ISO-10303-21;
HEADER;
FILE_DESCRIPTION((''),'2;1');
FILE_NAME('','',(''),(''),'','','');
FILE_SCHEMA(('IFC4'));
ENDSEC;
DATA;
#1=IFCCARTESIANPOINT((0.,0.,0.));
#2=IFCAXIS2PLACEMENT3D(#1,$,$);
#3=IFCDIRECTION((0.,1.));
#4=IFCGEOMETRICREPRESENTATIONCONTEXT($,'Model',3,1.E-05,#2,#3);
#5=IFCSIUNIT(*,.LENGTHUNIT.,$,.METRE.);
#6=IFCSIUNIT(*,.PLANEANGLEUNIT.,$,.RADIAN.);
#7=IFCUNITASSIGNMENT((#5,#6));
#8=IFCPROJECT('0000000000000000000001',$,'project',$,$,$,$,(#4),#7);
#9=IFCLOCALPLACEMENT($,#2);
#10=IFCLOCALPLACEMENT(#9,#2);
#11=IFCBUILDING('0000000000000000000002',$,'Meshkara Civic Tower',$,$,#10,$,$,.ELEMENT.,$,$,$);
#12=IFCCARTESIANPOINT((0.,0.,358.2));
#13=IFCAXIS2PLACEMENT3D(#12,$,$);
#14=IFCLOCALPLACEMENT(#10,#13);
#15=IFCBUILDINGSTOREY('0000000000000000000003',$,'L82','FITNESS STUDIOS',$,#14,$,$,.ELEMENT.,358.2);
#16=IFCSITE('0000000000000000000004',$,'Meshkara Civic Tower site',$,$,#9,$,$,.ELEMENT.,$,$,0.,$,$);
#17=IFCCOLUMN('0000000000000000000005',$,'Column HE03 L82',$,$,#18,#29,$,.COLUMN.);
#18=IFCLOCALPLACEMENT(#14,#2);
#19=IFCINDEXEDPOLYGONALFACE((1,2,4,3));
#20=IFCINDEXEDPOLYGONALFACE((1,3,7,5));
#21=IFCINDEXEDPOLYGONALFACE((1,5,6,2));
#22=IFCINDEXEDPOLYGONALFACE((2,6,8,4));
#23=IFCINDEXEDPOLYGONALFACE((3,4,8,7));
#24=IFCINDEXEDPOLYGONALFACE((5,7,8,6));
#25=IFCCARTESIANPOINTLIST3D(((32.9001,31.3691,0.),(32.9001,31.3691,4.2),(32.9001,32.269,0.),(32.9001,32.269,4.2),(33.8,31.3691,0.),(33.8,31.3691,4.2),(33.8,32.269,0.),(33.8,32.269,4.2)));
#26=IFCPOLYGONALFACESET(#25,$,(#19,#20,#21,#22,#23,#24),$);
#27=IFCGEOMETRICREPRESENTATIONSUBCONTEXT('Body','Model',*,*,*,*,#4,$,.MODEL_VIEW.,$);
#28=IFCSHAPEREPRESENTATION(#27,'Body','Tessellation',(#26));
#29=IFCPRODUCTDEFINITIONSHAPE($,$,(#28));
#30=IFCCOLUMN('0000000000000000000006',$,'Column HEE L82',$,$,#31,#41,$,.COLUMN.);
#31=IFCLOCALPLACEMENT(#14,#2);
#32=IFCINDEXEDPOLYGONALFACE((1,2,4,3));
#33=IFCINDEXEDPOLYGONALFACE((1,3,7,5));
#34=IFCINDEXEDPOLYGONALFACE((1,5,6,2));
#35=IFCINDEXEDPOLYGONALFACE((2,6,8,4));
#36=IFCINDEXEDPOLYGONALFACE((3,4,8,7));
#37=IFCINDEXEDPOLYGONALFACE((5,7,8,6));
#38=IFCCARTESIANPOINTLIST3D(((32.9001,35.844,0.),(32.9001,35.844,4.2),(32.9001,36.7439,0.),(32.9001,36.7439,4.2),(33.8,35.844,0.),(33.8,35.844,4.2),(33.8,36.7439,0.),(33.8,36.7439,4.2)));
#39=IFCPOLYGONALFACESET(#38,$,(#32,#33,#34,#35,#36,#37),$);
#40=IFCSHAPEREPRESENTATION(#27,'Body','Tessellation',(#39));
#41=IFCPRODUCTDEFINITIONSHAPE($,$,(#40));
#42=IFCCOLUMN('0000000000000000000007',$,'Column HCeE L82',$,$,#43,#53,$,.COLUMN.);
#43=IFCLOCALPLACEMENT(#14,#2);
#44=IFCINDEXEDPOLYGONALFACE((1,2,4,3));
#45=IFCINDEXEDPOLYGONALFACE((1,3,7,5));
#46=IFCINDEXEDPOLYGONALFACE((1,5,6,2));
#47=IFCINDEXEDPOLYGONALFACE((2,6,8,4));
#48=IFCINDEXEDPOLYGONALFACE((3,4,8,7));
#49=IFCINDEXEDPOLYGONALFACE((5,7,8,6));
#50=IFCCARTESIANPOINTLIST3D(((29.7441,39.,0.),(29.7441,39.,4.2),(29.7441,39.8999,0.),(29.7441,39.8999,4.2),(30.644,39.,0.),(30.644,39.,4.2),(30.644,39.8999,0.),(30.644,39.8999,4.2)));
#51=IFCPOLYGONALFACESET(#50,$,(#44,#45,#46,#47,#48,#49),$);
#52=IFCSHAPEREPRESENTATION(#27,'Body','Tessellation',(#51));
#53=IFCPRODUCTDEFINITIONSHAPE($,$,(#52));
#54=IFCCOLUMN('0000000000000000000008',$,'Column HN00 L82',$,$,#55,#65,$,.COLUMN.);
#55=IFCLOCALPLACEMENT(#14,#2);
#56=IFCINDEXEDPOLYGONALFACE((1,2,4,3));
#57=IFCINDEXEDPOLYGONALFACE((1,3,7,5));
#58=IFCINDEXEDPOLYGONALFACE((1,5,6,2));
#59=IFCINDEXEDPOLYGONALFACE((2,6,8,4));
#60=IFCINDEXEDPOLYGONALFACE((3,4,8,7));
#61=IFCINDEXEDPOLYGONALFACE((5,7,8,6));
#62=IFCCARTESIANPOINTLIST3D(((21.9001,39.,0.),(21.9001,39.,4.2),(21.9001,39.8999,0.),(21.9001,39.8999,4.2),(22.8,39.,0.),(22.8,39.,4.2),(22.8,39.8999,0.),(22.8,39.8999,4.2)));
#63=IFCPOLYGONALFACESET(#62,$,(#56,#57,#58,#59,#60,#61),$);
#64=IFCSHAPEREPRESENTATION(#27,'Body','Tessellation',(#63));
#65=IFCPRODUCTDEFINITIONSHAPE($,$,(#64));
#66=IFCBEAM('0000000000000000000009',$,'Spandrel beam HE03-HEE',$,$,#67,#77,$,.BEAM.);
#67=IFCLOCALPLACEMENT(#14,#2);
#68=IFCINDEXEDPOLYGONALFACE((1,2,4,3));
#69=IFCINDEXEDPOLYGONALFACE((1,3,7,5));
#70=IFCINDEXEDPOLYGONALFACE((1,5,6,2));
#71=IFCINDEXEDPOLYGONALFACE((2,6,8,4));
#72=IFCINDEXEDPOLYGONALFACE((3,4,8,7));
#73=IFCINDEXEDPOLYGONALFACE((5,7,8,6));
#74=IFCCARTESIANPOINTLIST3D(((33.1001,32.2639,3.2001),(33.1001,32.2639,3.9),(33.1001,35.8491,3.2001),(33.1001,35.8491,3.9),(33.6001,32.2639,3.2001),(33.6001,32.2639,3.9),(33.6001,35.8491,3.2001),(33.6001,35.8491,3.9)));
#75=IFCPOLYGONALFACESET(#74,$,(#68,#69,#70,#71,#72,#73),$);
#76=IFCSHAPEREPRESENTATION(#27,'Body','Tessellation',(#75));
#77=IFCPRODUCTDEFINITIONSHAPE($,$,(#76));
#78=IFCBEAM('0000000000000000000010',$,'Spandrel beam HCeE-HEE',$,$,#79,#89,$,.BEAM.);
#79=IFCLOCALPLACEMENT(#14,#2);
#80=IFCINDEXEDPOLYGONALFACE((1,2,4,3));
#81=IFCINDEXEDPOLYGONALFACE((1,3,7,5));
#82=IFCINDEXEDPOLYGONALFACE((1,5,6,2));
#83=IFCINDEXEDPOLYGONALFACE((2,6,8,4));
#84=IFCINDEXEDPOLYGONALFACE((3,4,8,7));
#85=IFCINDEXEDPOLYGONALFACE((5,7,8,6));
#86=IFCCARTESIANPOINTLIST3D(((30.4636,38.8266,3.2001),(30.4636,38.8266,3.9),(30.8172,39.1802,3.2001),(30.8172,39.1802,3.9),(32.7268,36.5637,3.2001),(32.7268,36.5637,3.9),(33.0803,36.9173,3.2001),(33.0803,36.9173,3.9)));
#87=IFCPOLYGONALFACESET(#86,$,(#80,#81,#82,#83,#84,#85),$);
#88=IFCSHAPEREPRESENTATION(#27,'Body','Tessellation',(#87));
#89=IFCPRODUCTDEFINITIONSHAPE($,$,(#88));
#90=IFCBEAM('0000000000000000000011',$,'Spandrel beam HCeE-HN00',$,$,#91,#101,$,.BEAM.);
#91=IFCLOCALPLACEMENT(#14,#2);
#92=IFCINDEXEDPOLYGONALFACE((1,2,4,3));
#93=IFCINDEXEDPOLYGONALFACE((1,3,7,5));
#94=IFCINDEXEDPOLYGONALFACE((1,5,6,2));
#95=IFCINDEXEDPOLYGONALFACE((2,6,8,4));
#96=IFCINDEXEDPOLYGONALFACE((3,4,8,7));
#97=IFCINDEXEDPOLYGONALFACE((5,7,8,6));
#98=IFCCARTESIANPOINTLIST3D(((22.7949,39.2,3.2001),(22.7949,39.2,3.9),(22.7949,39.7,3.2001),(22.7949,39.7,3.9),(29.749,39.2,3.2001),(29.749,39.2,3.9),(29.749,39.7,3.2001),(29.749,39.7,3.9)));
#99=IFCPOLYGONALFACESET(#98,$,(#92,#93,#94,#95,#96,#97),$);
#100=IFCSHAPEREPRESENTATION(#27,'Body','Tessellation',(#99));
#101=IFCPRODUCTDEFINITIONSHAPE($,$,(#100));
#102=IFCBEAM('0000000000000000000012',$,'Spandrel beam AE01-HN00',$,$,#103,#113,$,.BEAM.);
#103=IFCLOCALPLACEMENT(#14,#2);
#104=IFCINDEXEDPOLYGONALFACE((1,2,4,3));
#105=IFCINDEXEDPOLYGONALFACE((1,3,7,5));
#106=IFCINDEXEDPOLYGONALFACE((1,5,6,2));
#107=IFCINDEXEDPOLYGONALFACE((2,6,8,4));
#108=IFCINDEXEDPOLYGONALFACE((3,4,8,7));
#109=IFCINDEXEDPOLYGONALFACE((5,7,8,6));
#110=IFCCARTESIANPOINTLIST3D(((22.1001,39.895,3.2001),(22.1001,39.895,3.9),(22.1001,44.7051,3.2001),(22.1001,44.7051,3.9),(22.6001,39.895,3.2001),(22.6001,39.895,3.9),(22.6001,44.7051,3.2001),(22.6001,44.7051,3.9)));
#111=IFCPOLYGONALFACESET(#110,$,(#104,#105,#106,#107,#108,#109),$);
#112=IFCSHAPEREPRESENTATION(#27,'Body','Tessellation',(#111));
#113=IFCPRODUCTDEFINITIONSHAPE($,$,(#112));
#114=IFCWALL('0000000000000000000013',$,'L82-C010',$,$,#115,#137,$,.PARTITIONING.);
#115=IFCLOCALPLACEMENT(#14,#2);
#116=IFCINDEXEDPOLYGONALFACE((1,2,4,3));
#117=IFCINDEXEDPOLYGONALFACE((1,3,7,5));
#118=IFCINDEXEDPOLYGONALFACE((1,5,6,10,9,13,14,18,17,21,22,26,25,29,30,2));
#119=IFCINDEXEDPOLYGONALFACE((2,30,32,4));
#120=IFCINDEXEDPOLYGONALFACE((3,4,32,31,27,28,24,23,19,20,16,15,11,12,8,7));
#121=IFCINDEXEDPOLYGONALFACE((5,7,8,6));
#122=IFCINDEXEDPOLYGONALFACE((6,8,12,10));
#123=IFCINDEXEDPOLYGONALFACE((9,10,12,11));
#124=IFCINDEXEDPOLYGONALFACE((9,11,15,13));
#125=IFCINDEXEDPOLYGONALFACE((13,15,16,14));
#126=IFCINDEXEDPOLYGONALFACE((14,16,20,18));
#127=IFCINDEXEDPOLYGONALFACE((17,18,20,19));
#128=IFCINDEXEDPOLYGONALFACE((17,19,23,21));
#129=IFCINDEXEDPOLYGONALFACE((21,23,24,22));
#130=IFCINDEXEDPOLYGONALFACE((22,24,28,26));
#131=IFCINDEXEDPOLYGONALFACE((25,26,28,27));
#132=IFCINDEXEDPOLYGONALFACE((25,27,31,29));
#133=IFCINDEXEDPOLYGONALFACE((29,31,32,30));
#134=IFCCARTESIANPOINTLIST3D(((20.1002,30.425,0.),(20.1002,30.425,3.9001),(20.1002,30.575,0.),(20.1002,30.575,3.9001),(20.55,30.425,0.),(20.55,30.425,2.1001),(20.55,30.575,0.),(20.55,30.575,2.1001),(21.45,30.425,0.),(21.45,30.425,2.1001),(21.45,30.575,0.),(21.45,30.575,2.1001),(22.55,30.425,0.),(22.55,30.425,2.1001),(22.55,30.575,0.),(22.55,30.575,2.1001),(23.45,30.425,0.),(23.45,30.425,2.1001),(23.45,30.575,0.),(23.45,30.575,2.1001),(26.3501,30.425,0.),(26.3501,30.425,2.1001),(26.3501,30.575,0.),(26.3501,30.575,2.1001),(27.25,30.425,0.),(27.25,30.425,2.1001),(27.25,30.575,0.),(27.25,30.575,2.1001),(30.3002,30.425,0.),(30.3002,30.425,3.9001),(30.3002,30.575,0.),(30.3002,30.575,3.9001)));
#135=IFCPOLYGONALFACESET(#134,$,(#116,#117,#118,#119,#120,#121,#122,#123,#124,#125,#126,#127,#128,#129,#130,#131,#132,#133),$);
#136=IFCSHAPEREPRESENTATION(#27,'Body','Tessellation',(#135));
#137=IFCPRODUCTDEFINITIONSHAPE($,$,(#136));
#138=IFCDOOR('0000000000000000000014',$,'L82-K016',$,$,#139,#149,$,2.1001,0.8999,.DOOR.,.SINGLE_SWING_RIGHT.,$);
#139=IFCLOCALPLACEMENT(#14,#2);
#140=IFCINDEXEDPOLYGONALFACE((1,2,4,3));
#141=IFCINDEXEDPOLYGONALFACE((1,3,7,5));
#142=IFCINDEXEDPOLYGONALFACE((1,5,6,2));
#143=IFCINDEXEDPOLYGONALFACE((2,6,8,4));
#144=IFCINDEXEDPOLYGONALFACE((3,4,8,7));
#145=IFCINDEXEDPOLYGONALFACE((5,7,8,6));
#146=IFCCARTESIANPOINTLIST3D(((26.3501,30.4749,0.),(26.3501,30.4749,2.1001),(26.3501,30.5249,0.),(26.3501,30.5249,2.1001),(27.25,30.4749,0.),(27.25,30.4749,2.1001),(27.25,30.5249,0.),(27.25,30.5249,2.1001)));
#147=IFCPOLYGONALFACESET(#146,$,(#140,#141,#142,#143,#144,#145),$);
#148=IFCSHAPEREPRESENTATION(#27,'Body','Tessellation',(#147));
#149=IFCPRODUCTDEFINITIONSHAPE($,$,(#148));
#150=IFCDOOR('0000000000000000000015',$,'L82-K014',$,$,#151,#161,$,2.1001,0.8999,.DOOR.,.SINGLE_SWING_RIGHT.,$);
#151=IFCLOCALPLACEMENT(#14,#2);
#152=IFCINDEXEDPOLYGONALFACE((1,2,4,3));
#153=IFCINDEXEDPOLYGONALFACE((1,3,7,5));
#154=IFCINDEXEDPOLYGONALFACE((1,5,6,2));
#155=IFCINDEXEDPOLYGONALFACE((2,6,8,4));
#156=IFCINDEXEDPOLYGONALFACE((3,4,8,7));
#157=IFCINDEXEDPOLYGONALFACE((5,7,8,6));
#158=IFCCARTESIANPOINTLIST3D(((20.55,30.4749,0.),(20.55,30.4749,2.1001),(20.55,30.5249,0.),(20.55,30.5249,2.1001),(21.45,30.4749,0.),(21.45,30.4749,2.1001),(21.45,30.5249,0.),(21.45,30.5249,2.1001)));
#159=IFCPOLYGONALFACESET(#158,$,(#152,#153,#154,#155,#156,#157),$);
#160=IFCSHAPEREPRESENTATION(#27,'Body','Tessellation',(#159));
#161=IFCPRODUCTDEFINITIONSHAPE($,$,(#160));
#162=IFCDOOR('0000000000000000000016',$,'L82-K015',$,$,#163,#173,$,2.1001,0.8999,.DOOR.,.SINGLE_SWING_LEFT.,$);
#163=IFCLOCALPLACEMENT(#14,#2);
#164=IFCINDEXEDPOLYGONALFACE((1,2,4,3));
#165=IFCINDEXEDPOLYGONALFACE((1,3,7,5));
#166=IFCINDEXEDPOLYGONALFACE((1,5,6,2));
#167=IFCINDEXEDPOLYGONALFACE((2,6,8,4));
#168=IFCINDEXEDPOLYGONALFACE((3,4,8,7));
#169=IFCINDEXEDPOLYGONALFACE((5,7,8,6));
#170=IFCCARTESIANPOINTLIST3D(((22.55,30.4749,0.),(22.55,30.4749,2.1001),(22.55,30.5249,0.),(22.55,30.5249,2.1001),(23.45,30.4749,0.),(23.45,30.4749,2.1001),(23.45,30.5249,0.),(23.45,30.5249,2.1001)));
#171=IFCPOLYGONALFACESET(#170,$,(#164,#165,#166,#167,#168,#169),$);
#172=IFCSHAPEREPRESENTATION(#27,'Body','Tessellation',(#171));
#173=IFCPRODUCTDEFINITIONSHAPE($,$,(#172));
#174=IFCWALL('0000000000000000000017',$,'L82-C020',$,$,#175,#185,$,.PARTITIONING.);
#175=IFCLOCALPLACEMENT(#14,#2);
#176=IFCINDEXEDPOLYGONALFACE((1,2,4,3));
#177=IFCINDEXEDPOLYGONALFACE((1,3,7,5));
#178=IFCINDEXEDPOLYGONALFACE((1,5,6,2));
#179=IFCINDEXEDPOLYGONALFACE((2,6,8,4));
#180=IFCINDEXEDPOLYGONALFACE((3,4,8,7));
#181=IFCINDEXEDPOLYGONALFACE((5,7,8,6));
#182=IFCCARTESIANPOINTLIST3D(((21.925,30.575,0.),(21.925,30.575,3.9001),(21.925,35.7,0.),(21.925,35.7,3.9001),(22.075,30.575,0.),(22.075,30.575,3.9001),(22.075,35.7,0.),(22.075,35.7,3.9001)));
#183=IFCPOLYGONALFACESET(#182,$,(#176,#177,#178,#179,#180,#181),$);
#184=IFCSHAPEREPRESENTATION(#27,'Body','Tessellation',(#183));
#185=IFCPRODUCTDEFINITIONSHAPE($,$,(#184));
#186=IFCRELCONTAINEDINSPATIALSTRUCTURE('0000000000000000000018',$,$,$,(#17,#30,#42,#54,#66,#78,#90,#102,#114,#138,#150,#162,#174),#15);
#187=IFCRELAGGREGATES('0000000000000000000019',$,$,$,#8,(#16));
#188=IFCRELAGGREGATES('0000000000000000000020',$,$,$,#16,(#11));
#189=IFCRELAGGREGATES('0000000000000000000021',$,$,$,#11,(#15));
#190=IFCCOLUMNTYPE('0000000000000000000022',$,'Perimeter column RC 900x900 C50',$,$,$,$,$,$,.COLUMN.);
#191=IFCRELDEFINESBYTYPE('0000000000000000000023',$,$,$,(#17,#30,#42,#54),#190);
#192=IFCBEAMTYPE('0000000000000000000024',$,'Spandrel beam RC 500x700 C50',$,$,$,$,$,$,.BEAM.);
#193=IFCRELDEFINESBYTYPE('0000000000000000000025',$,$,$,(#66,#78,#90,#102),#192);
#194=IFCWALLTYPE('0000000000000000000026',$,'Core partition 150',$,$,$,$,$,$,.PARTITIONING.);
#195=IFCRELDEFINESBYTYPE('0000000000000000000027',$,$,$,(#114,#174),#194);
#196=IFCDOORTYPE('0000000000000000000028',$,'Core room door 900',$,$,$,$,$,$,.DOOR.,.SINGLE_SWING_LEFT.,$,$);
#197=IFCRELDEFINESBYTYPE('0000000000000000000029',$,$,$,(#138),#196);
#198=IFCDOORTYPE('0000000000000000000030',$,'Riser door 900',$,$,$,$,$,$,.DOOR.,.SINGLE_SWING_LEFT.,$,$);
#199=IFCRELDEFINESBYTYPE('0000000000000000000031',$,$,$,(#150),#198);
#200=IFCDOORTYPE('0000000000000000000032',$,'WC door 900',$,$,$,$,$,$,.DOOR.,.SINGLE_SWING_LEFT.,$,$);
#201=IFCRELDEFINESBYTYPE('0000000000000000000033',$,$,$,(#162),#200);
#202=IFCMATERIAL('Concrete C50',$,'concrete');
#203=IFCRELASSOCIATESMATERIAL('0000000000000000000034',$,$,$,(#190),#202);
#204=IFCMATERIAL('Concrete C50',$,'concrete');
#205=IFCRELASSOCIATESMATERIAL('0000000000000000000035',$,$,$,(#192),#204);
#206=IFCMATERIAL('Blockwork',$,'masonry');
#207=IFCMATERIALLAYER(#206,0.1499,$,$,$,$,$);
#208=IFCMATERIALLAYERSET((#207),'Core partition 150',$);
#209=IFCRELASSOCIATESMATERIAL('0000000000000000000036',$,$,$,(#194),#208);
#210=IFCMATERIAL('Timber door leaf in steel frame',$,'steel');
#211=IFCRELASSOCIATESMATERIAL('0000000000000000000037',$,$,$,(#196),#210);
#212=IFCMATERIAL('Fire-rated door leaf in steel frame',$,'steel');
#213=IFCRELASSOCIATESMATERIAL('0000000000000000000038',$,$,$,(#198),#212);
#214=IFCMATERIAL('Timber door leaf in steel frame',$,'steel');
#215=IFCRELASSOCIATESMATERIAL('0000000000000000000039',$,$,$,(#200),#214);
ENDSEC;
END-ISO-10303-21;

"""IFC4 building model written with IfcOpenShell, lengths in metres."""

from ifc_helpers import new_model, si_unit, direction, frame, frame_2d, origin, origin_2d, place, context, subcontext, project, spatial, rectangle, extrude, material, layer, layer_set, material_profile, profile_set, type_object, element, fill, save


model = new_model("IFC4")

# Units and contexts
model_context = context("Model", 3, precision=1e-05, world=origin(), true_north=direction((0.0, 1.0)))
body_context = subcontext(model_context, "Body", "Model", "MODEL_VIEW")
ifc_project = project(units=[si_unit("LENGTHUNIT", "METRE"), si_unit("PLANEANGLEUNIT", "RADIAN")], contexts=[model_context])

# Site, building, storey
site_placement = place(None, origin())
site = spatial("IfcSite", under=ifc_project, at=site_placement, Name="Meshkara Civic Tower site", CompositionType="ELEMENT", RefElevation=0.0)
building_placement = place(site_placement, origin())
building = spatial("IfcBuilding", under=site, at=building_placement, Name="Meshkara Civic Tower", CompositionType="ELEMENT")
storey_placement = place(building_placement, frame((0.0, 0.0, 358.2)))
storey = spatial("IfcBuildingStorey", under=building, at=storey_placement, Name="L82", Description="FITNESS STUDIOS", CompositionType="ELEMENT", Elevation=358.2)

# Columns
ifc_material_1 = material(Name="Concrete C50", Category="concrete")
ifc_material_profile_1 = material_profile(ifc_material_1, rectangle(XDim=0.8999, YDim=0.8999, at=origin_2d()))
ifc_profile_set_1 = profile_set([ifc_material_profile_1], Name="Concrete C50")
column_type = type_object("IfcColumnType", Name="Perimeter column RC 900x900 C50", PredefinedType="COLUMN", material=ifc_profile_set_1)
for number, where, z_axis, x_axis, name in (
    (1, (33.3501, 31.8191, 0.0), (0.0, 0.0, 1.0), (1.0, 0.0, 0.0), "Column HE03 L82"),
    (2, (33.3501, 36.2939, 0.0), (0.0, 0.0, 1.0), (1.0, 0.0, 0.0), "Column HEE L82"),
    (3, (30.1941, 39.45, 0.0), (0.0, 0.0, 1.0), (1.0, 0.0, 0.0), "Column HCeE L82"),
    (4, (22.3501, 39.45, 0.0), (0.0, 0.0, 1.0), (1.0, 0.0, 0.0), "Column HN00 L82"),
):
    element("IfcColumn", number, at=place(storey_placement, frame(where, z_axis=z_axis, x_axis=x_axis)), inside=storey, type_object=column_type, Name=name, PredefinedType="COLUMN", context=body_context, shape_type="SweptSolid", body=[
        extrude(rectangle(XDim=0.8999, YDim=0.8999, at=origin_2d()), origin(), (0.0, 0.0, 1.0), 4.2),
    ])

# Beams
ifc_material_2 = material(Name="Concrete C50", Category="concrete")
ifc_material_profile_2 = material_profile(ifc_material_2, rectangle(XDim=0.5, YDim=0.7, at=origin_2d()))
ifc_profile_set_2 = profile_set([ifc_material_profile_2], Name="Concrete C50")
beam_type = type_object("IfcBeamType", Name="Spandrel beam RC 500x700 C50", PredefinedType="BEAM", material=ifc_profile_set_2)
beam_1_placement = place(storey_placement, frame((33.3501, 32.2639, 3.55), z_axis=(0.0, 1.0, 0.0), x_axis=(-1.0, 0.0, 0.0)))
element("IfcBeam", 5, at=beam_1_placement, inside=storey, type_object=beam_type, Name="Spandrel beam HE03-HEE", PredefinedType="BEAM", context=body_context, shape_type="SweptSolid", body=[
    extrude(rectangle(XDim=0.5, YDim=0.7, at=origin_2d()), origin(), (0.0, 0.0, 1.0), 3.5852),
])
beam_2_placement = place(storey_placement, frame((32.9036, 36.7405, 3.55), z_axis=(-0.707145, 0.707069, 0.0), x_axis=(-0.707069, -0.707145, 0.0)))
element("IfcBeam", 6, at=beam_2_placement, inside=storey, type_object=beam_type, Name="Spandrel beam HCeE-HEE", PredefinedType="BEAM", context=body_context, shape_type="SweptSolid", body=[
    extrude(rectangle(XDim=0.5, YDim=0.7, at=origin_2d()), origin(), (0.0, 0.0, 1.0), 3.2004),
])
beam_3_placement = place(storey_placement, frame((29.749, 39.45, 3.55), z_axis=(-1.0, 0.0, 0.0), x_axis=(0.0, -1.0, 0.0)))
element("IfcBeam", 7, at=beam_3_placement, inside=storey, type_object=beam_type, Name="Spandrel beam HCeE-HN00", PredefinedType="BEAM", context=body_context, shape_type="SweptSolid", body=[
    extrude(rectangle(XDim=0.5, YDim=0.7, at=origin_2d()), origin(), (0.0, 0.0, 1.0), 6.9541),
])
beam_4_placement = place(storey_placement, frame((22.3501, 39.895, 3.55), z_axis=(0.0, 1.0, 0.0), x_axis=(-1.0, 0.0, 0.0)))
element("IfcBeam", 8, at=beam_4_placement, inside=storey, type_object=beam_type, Name="Spandrel beam AE01-HN00", PredefinedType="BEAM", context=body_context, shape_type="SweptSolid", body=[
    extrude(rectangle(XDim=0.5, YDim=0.7, at=origin_2d()), origin(), (0.0, 0.0, 1.0), 4.8101),
])

# Wall, openings, doors
ifc_material_3 = material(Name="Blockwork", Category="masonry")
ifc_layer_1 = layer(ifc_material_3, 0.1499)
ifc_layer_set_1 = layer_set([ifc_layer_1], Name="Core partition 150")
wall_type_1 = type_object("IfcWallType", Name="Core partition 150", PredefinedType="PARTITIONING", material=ifc_layer_set_1)
wall_1_placement = place(storey_placement, frame((20.1001, 30.5, 0.0), z_axis=(0.0, 0.0, 1.0), x_axis=(1.0, 0.0, 0.0)))
wall_1 = element("IfcWall", 9, at=wall_1_placement, inside=storey, type_object=wall_type_1, Name="L82-C010", PredefinedType="PARTITIONING", context=body_context, shape_type="SweptSolid", body=[
    extrude(rectangle(XDim=10.2, YDim=0.1499, at=frame_2d((5.1001, 0.0))), origin(), (0.0, 0.0, 1.0), 3.9001),
])
opening_1_placement = place(wall_1_placement, frame((0.45, 0.0, 0.0)))
opening_1 = element("IfcOpeningElement", 10, at=opening_1_placement, cuts=wall_1, PredefinedType="OPENING", context=body_context, shape_type="SweptSolid", body=[
    extrude(rectangle(XDim=0.8999, YDim=2.1001, at=frame_2d((0.45, 1.05))), frame((0.0, 0.085, 0.0), z_axis=(0.0, -1.0, 0.0), x_axis=(1.0, 0.0, 0.0)), (0.0, 0.0, 1.0), 0.1699),
])
opening_2_placement = place(wall_1_placement, frame((2.45, 0.0, 0.0)))
opening_2 = element("IfcOpeningElement", 11, at=opening_2_placement, cuts=wall_1, PredefinedType="OPENING", context=body_context, shape_type="SweptSolid", body=[
    extrude(rectangle(XDim=0.8999, YDim=2.1001, at=frame_2d((0.45, 1.05))), frame((0.0, 0.085, 0.0), z_axis=(0.0, -1.0, 0.0), x_axis=(1.0, 0.0, 0.0)), (0.0, 0.0, 1.0), 0.1699),
])
opening_3_placement = place(wall_1_placement, frame((6.25, 0.0, 0.0)))
opening_3 = element("IfcOpeningElement", 12, at=opening_3_placement, cuts=wall_1, PredefinedType="OPENING", context=body_context, shape_type="SweptSolid", body=[
    extrude(rectangle(XDim=0.8999, YDim=2.1001, at=frame_2d((0.45, 1.05))), frame((0.0, 0.085, 0.0), z_axis=(0.0, -1.0, 0.0), x_axis=(1.0, 0.0, 0.0)), (0.0, 0.0, 1.0), 0.1699),
])
ifc_material_4 = material(Name="Timber door leaf in steel frame", Category="steel")
door_type_1 = type_object("IfcDoorType", Name="Core room door 900", OperationType="SINGLE_SWING_LEFT", PredefinedType="DOOR", material=ifc_material_4)
door_1_placement = place(opening_3_placement, origin())
door_1 = element("IfcDoor", 13, at=door_1_placement, inside=storey, type_object=door_type_1, Name="L82-K016", OperationType="SINGLE_SWING_RIGHT", OverallHeight=2.1001, OverallWidth=0.8999, PredefinedType="DOOR", context=body_context, shape_type="SweptSolid", body=[
    extrude(rectangle(XDim=0.8999, YDim=2.1001, at=frame_2d((0.45, 1.05))), frame((0.0, 0.0249, 0.0), z_axis=(0.0, -1.0, 0.0), x_axis=(1.0, 0.0, 0.0)), (0.0, 0.0, 1.0), 0.05),
])
fill(opening_3, door_1)
ifc_material_5 = material(Name="Fire-rated door leaf in steel frame", Category="steel")
door_type_2 = type_object("IfcDoorType", Name="Riser door 900", OperationType="SINGLE_SWING_LEFT", PredefinedType="DOOR", material=ifc_material_5)
door_2_placement = place(opening_1_placement, origin())
door_2 = element("IfcDoor", 14, at=door_2_placement, inside=storey, type_object=door_type_2, Name="L82-K014", OperationType="SINGLE_SWING_RIGHT", OverallHeight=2.1001, OverallWidth=0.8999, PredefinedType="DOOR", context=body_context, shape_type="SweptSolid", body=[
    extrude(rectangle(XDim=0.8999, YDim=2.1001, at=frame_2d((0.45, 1.05))), frame((0.0, 0.0249, 0.0), z_axis=(0.0, -1.0, 0.0), x_axis=(1.0, 0.0, 0.0)), (0.0, 0.0, 1.0), 0.05),
])
fill(opening_1, door_2)
ifc_material_6 = material(Name="Timber door leaf in steel frame", Category="steel")
door_type_3 = type_object("IfcDoorType", Name="WC door 900", OperationType="SINGLE_SWING_LEFT", PredefinedType="DOOR", material=ifc_material_6)
door_3_placement = place(opening_2_placement, origin())
door_3 = element("IfcDoor", 15, at=door_3_placement, inside=storey, type_object=door_type_3, Name="L82-K015", OperationType="SINGLE_SWING_LEFT", OverallHeight=2.1001, OverallWidth=0.8999, PredefinedType="DOOR", context=body_context, shape_type="SweptSolid", body=[
    extrude(rectangle(XDim=0.8999, YDim=2.1001, at=frame_2d((0.45, 1.05))), frame((0.0, 0.0249, 0.0), z_axis=(0.0, -1.0, 0.0), x_axis=(1.0, 0.0, 0.0)), (0.0, 0.0, 1.0), 0.05),
])
fill(opening_2, door_3)

# Wall
for number, where, z_axis, x_axis, name in (
    (16, (22.0, 30.575, 0.0), (0.0, 0.0, 1.0), (0.0, 1.0, 0.0), "L82-C020"),
):
    element("IfcWall", number, at=place(storey_placement, frame(where, z_axis=z_axis, x_axis=x_axis)), inside=storey, type_object=wall_type_1, Name=name, PredefinedType="PARTITIONING", context=body_context, shape_type="SweptSolid", body=[
        extrude(rectangle(XDim=5.125, YDim=0.1499, at=frame_2d((2.5625, 0.0))), origin(), (0.0, 0.0, 1.0), 3.9001),
    ])

save(model, "model.ifc")
